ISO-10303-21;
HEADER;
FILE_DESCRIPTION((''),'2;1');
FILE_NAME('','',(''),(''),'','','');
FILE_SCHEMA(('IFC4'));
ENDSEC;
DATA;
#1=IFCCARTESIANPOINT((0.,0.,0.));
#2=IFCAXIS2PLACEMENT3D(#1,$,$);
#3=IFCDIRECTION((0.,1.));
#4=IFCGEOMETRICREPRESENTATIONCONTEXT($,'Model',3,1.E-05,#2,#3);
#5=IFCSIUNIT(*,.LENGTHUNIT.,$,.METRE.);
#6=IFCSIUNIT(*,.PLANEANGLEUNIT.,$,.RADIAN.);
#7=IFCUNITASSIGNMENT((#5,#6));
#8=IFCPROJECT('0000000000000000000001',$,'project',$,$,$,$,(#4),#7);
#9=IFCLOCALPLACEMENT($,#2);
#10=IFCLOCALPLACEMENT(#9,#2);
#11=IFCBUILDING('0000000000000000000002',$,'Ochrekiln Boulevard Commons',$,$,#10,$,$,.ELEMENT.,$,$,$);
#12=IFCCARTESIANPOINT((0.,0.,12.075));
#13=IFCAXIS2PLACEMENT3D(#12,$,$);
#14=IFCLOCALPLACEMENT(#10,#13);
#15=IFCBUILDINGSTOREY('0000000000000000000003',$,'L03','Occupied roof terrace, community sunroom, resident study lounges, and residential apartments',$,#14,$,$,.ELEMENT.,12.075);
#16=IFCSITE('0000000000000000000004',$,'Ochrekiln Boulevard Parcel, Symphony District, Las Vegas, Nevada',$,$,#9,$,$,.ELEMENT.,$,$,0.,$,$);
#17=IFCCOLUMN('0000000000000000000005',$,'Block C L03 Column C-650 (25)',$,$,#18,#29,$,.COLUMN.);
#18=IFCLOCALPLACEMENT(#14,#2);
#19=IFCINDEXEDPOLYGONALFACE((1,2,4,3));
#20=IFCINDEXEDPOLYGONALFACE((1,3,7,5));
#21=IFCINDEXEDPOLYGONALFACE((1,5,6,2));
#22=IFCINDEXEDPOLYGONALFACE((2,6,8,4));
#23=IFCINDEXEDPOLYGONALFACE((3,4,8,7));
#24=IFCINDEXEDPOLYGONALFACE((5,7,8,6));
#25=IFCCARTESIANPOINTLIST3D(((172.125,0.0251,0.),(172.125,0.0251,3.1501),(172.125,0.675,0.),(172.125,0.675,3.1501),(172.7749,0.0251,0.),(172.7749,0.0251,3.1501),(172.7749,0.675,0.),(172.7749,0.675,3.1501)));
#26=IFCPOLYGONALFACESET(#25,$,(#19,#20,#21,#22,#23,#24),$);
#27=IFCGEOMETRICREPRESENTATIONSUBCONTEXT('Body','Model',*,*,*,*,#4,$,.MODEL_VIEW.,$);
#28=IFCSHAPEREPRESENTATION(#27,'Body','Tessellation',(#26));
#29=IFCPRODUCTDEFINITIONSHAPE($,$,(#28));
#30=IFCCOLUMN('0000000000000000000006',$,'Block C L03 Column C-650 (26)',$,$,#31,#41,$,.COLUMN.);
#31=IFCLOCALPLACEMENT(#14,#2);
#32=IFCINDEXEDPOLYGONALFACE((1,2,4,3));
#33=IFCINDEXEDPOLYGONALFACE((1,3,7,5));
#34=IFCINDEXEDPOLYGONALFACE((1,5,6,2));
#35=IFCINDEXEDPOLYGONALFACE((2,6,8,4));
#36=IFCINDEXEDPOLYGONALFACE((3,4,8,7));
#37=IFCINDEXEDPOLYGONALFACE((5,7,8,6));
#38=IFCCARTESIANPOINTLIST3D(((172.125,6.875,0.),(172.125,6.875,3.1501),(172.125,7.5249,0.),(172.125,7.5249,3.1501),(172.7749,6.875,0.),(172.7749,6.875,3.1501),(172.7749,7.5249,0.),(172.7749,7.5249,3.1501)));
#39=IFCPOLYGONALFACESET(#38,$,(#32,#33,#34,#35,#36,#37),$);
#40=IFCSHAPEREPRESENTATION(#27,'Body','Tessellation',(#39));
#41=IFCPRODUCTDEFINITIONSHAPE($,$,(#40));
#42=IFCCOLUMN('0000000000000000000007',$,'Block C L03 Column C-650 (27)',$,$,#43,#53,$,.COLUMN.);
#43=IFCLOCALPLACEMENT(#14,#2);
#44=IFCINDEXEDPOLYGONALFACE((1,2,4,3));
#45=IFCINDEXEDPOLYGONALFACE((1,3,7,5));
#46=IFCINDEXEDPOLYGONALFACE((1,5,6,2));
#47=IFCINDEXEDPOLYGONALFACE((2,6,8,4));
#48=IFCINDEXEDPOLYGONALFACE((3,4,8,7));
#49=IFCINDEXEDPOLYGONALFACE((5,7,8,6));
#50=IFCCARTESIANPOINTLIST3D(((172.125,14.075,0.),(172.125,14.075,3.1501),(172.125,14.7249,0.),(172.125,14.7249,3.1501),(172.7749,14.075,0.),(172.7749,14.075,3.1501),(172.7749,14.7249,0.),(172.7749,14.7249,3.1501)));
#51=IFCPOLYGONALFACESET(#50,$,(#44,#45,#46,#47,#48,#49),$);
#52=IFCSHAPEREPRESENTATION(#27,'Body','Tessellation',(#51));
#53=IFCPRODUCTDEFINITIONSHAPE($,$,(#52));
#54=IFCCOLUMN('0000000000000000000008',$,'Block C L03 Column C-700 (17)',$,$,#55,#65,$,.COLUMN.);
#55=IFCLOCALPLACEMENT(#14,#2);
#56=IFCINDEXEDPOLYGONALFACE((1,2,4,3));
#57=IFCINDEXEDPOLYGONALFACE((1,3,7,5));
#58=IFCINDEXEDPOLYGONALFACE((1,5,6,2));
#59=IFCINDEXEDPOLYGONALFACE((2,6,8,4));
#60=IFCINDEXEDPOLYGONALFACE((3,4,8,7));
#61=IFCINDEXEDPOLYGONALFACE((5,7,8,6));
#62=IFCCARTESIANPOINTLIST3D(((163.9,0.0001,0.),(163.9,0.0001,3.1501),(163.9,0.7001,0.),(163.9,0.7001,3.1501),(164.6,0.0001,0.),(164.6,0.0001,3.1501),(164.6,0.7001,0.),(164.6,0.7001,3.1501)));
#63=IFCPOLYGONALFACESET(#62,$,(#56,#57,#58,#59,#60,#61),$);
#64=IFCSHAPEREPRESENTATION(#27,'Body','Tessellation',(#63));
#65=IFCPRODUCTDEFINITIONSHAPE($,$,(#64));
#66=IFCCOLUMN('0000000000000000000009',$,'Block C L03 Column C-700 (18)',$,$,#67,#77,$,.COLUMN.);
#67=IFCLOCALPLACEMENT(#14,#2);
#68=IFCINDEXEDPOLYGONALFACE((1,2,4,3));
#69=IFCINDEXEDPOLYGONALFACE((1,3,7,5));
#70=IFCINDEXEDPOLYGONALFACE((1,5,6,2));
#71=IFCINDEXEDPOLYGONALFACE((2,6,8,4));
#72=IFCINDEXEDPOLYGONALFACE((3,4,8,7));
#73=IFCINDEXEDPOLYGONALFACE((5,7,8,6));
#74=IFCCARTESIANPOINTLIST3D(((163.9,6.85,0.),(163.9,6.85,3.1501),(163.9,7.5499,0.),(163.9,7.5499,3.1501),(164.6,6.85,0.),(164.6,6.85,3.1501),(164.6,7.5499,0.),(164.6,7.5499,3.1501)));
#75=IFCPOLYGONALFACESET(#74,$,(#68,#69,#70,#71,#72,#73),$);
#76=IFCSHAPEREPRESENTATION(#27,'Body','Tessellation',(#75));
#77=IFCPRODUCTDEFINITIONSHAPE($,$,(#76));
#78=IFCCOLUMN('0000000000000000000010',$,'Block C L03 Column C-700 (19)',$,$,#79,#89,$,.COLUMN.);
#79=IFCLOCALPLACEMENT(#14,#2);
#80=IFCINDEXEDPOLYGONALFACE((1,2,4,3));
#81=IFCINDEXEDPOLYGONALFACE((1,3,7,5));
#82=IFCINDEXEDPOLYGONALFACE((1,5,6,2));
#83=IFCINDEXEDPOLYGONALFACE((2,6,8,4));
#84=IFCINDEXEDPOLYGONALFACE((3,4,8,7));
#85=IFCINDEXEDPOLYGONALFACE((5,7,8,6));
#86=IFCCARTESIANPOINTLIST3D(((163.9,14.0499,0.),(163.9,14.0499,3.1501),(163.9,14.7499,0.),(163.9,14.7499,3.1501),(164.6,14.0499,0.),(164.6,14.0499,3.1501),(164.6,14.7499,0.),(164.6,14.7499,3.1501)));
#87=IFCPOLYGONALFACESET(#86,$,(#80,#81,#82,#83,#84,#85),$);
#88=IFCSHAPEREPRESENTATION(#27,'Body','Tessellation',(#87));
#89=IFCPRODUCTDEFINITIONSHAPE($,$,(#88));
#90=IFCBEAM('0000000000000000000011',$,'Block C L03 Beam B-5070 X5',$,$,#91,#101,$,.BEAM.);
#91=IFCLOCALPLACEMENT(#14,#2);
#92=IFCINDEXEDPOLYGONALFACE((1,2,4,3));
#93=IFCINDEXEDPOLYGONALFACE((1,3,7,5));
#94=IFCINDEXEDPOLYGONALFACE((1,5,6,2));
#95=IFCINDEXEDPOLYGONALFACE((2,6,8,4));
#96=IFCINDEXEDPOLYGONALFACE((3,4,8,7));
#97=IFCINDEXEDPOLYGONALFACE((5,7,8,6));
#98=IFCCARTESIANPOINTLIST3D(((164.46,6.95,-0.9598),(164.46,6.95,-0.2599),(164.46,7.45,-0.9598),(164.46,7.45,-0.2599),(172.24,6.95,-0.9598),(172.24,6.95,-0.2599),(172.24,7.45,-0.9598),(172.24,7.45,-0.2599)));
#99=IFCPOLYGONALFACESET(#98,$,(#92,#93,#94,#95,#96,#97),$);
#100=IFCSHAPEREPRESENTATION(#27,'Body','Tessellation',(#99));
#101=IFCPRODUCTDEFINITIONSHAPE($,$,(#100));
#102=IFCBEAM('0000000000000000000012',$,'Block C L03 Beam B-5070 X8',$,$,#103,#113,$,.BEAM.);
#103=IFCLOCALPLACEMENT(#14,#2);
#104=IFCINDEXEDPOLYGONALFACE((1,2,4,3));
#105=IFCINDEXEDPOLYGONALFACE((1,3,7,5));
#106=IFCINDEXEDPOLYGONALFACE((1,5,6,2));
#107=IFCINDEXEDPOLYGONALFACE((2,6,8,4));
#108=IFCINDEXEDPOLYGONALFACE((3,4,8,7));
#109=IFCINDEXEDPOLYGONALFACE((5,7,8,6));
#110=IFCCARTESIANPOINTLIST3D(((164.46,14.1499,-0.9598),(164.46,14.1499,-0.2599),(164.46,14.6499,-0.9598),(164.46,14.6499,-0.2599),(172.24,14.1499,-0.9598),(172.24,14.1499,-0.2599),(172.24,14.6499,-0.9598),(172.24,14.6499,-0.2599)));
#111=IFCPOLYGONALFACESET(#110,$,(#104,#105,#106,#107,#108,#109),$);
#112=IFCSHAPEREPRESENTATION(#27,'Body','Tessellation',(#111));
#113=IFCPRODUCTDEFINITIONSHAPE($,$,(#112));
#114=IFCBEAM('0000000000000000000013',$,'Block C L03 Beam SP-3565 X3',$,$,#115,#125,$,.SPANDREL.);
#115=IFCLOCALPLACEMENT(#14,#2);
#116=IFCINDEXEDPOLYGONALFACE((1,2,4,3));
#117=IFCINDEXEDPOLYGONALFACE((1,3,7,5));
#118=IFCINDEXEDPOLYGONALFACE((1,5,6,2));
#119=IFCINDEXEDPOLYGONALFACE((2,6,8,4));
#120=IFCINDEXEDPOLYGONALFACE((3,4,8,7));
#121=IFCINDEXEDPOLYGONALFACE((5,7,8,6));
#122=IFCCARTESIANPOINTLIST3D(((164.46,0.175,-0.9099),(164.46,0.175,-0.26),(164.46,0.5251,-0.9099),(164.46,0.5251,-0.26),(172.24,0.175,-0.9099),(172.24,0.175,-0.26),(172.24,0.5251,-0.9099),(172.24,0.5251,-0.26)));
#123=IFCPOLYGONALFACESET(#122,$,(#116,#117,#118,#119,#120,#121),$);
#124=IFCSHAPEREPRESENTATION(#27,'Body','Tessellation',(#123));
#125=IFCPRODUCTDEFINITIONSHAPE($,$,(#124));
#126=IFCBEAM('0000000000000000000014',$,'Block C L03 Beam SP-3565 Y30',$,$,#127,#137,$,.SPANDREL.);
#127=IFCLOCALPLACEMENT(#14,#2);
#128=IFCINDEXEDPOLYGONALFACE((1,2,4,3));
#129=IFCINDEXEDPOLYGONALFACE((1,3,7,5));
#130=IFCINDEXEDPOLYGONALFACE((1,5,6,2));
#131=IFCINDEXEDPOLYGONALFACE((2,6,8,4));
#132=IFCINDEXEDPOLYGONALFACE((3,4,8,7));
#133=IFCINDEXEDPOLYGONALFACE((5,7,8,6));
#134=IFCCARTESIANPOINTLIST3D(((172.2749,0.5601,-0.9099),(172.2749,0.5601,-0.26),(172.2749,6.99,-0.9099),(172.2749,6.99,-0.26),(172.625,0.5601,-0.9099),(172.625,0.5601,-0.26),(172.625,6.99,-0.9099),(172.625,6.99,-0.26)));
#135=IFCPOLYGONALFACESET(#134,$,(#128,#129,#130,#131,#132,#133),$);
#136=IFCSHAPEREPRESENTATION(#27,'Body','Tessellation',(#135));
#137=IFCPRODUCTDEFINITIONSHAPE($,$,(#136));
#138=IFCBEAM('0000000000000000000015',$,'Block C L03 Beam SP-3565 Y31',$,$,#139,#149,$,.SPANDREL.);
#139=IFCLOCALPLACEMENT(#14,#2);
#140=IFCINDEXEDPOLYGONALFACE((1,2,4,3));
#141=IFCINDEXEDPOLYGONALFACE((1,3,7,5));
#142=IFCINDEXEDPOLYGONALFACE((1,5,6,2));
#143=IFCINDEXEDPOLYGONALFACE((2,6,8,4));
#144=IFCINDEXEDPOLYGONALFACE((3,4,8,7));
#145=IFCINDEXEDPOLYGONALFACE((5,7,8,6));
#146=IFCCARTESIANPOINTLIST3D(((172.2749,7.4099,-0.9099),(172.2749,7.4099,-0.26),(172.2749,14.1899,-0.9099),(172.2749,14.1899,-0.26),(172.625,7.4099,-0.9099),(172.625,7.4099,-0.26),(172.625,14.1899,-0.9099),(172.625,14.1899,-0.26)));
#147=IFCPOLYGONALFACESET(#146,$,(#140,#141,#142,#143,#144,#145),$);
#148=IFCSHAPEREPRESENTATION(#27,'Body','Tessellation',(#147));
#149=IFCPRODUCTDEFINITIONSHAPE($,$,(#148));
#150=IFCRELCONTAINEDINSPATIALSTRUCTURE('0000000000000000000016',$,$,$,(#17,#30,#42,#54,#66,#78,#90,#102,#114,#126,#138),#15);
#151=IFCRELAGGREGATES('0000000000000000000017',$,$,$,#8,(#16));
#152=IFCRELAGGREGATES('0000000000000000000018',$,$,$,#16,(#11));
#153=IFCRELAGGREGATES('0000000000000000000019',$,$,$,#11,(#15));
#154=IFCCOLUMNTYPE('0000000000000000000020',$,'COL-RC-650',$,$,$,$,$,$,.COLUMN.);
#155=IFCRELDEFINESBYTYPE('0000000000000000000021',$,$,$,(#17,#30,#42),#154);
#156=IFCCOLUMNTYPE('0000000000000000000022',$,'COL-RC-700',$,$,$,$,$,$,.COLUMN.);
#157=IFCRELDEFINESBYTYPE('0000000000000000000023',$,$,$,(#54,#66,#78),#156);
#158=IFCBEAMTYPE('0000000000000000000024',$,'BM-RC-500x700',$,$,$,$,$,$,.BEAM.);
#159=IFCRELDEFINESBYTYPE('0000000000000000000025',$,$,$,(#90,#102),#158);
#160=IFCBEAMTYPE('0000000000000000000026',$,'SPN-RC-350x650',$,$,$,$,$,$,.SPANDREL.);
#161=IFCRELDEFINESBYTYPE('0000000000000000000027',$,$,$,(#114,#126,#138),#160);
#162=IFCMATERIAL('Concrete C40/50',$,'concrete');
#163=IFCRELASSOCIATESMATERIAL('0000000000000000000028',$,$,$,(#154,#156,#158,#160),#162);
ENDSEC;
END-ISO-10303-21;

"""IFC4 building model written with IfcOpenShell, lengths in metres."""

from ifc_helpers import new_model, si_unit, direction, frame, origin, origin_2d, place, context, subcontext, project, spatial, rectangle, extrude, material, material_profile, profile_set, type_object, element, save


model = new_model("IFC4")

# Units and contexts
model_context = context("Model", 3, precision=1e-05, world=origin(), true_north=direction((0.0, 1.0)))
body_context = subcontext(model_context, "Body", "Model", "MODEL_VIEW")
ifc_project = project(units=[si_unit("LENGTHUNIT", "METRE"), si_unit("PLANEANGLEUNIT", "RADIAN")], contexts=[model_context])

# Site, building, storey
site_placement = place(None, origin())
site = spatial("IfcSite", under=ifc_project, at=site_placement, Name="Ochrekiln Boulevard Parcel, Symphony District, Las Vegas, Nevada", CompositionType="ELEMENT", RefElevation=0.0)
building_placement = place(site_placement, origin())
building = spatial("IfcBuilding", under=site, at=building_placement, Name="Ochrekiln Boulevard Commons", CompositionType="ELEMENT")
storey_placement = place(building_placement, frame((0.0, 0.0, 12.075)))
storey = spatial("IfcBuildingStorey", under=building, at=storey_placement, Name="L03", Description="Occupied roof terrace, community sunroom, resident study lounges, and residential apartments", CompositionType="ELEMENT", Elevation=12.075)

# Columns
ifc_material_1 = material(Name="Concrete C40/50", Category="concrete")
ifc_material_profile_1 = material_profile(ifc_material_1, rectangle(XDim=0.6499, YDim=0.6499, at=origin_2d()), Name="RC-COL-650x650")
ifc_profile_set_1 = profile_set([ifc_material_profile_1], Name="Concrete C40/50")
column_type_1 = type_object("IfcColumnType", Name="COL-RC-650", PredefinedType="COLUMN", material=ifc_profile_set_1)
for number, where, z_axis, x_axis, name in (
    (1, (172.45, 0.3501, 0.0), (0.0, 0.0, 1.0), (1.0, 0.0, 0.0), "Block C L03 Column C-650 (25)"),
    (2, (172.45, 7.2, 0.0), (0.0, 0.0, 1.0), (1.0, 0.0, 0.0), "Block C L03 Column C-650 (26)"),
    (3, (172.45, 14.3999, 0.0), (0.0, 0.0, 1.0), (1.0, 0.0, 0.0), "Block C L03 Column C-650 (27)"),
):
    element("IfcColumn", number, at=place(storey_placement, frame(where, z_axis=z_axis, x_axis=x_axis)), inside=storey, type_object=column_type_1, Name=name, PredefinedType="COLUMN", context=body_context, shape_type="SweptSolid", body=[
        extrude(rectangle(XDim=0.6499, YDim=0.6499, at=origin_2d()), origin(), (0.0, 0.0, 1.0), 3.1501),
    ])
ifc_material_profile_2 = material_profile(ifc_material_1, rectangle(XDim=0.7, YDim=0.7, at=origin_2d()), Name="RC-COL-700x700")
ifc_profile_set_2 = profile_set([ifc_material_profile_2], Name="Concrete C40/50")
column_type_2 = type_object("IfcColumnType", Name="COL-RC-700", PredefinedType="COLUMN", material=ifc_profile_set_2)
for number, where, z_axis, x_axis, name in (
    (4, (164.25, 0.3501, 0.0), (0.0, 0.0, 1.0), (1.0, 0.0, 0.0), "Block C L03 Column C-700 (17)"),
    (5, (164.25, 7.2, 0.0), (0.0, 0.0, 1.0), (1.0, 0.0, 0.0), "Block C L03 Column C-700 (18)"),
    (6, (164.25, 14.3999, 0.0), (0.0, 0.0, 1.0), (1.0, 0.0, 0.0), "Block C L03 Column C-700 (19)"),
):
    element("IfcColumn", number, at=place(storey_placement, frame(where, z_axis=z_axis, x_axis=x_axis)), inside=storey, type_object=column_type_2, Name=name, PredefinedType="COLUMN", context=body_context, shape_type="SweptSolid", body=[
        extrude(rectangle(XDim=0.7, YDim=0.7, at=origin_2d()), origin(), (0.0, 0.0, 1.0), 3.1501),
    ])

# Beams
ifc_material_profile_3 = material_profile(ifc_material_1, rectangle(XDim=0.5, YDim=0.7, at=origin_2d()), Name="RC-BM-500x700")
ifc_profile_set_3 = profile_set([ifc_material_profile_3], Name="Concrete C40/50")
beam_type_1 = type_object("IfcBeamType", Name="BM-RC-500x700", PredefinedType="BEAM", material=ifc_profile_set_3)
for number, where, z_axis, x_axis, name in (
    (7, (164.46, 7.2, -0.6099), (1.0, 0.0, 0.0), (0.0, 1.0, 0.0), "Block C L03 Beam B-5070 X5"),
    (8, (164.46, 14.3999, -0.6099), (1.0, 0.0, 0.0), (0.0, 1.0, 0.0), "Block C L03 Beam B-5070 X8"),
):
    element("IfcBeam", number, at=place(storey_placement, frame(where, z_axis=z_axis, x_axis=x_axis)), inside=storey, type_object=beam_type_1, Name=name, PredefinedType="BEAM", context=body_context, shape_type="SweptSolid", body=[
        extrude(rectangle(XDim=0.5, YDim=0.7, at=origin_2d()), origin(), (0.0, 0.0, 1.0), 7.78),
    ])
ifc_material_profile_4 = material_profile(ifc_material_1, rectangle(XDim=0.3501, YDim=0.6499, at=origin_2d()), Name="RC-SPN-350x650")
ifc_profile_set_4 = profile_set([ifc_material_profile_4], Name="Concrete C40/50")
beam_type_2 = type_object("IfcBeamType", Name="SPN-RC-350x650", PredefinedType="SPANDREL", material=ifc_profile_set_4)
beam_1_placement = place(storey_placement, frame((164.46, 0.3501, -0.585), z_axis=(1.0, 0.0, 0.0), x_axis=(0.0, 1.0, 0.0)))
element("IfcBeam", 9, at=beam_1_placement, inside=storey, type_object=beam_type_2, Name="Block C L03 Beam SP-3565 X3", PredefinedType="SPANDREL", context=body_context, shape_type="SweptSolid", body=[
    extrude(rectangle(XDim=0.3501, YDim=0.6499, at=origin_2d()), origin(), (0.0, 0.0, 1.0), 7.78),
])
beam_2_placement = place(storey_placement, frame((172.45, 0.5601, -0.585), z_axis=(0.0, 1.0, 0.0), x_axis=(-1.0, 0.0, 0.0)))
element("IfcBeam", 10, at=beam_2_placement, inside=storey, type_object=beam_type_2, Name="Block C L03 Beam SP-3565 Y30", PredefinedType="SPANDREL", context=body_context, shape_type="SweptSolid", body=[
    extrude(rectangle(XDim=0.3501, YDim=0.6499, at=origin_2d()), origin(), (0.0, 0.0, 1.0), 6.4299),
])
beam_3_placement = place(storey_placement, frame((172.45, 7.4099, -0.585), z_axis=(0.0, 1.0, 0.0), x_axis=(-1.0, 0.0, 0.0)))
element("IfcBeam", 11, at=beam_3_placement, inside=storey, type_object=beam_type_2, Name="Block C L03 Beam SP-3565 Y31", PredefinedType="SPANDREL", context=body_context, shape_type="SweptSolid", body=[
    extrude(rectangle(XDim=0.3501, YDim=0.6499, at=origin_2d()), origin(), (0.0, 0.0, 1.0), 6.78),
])

save(model, "model.ifc")
